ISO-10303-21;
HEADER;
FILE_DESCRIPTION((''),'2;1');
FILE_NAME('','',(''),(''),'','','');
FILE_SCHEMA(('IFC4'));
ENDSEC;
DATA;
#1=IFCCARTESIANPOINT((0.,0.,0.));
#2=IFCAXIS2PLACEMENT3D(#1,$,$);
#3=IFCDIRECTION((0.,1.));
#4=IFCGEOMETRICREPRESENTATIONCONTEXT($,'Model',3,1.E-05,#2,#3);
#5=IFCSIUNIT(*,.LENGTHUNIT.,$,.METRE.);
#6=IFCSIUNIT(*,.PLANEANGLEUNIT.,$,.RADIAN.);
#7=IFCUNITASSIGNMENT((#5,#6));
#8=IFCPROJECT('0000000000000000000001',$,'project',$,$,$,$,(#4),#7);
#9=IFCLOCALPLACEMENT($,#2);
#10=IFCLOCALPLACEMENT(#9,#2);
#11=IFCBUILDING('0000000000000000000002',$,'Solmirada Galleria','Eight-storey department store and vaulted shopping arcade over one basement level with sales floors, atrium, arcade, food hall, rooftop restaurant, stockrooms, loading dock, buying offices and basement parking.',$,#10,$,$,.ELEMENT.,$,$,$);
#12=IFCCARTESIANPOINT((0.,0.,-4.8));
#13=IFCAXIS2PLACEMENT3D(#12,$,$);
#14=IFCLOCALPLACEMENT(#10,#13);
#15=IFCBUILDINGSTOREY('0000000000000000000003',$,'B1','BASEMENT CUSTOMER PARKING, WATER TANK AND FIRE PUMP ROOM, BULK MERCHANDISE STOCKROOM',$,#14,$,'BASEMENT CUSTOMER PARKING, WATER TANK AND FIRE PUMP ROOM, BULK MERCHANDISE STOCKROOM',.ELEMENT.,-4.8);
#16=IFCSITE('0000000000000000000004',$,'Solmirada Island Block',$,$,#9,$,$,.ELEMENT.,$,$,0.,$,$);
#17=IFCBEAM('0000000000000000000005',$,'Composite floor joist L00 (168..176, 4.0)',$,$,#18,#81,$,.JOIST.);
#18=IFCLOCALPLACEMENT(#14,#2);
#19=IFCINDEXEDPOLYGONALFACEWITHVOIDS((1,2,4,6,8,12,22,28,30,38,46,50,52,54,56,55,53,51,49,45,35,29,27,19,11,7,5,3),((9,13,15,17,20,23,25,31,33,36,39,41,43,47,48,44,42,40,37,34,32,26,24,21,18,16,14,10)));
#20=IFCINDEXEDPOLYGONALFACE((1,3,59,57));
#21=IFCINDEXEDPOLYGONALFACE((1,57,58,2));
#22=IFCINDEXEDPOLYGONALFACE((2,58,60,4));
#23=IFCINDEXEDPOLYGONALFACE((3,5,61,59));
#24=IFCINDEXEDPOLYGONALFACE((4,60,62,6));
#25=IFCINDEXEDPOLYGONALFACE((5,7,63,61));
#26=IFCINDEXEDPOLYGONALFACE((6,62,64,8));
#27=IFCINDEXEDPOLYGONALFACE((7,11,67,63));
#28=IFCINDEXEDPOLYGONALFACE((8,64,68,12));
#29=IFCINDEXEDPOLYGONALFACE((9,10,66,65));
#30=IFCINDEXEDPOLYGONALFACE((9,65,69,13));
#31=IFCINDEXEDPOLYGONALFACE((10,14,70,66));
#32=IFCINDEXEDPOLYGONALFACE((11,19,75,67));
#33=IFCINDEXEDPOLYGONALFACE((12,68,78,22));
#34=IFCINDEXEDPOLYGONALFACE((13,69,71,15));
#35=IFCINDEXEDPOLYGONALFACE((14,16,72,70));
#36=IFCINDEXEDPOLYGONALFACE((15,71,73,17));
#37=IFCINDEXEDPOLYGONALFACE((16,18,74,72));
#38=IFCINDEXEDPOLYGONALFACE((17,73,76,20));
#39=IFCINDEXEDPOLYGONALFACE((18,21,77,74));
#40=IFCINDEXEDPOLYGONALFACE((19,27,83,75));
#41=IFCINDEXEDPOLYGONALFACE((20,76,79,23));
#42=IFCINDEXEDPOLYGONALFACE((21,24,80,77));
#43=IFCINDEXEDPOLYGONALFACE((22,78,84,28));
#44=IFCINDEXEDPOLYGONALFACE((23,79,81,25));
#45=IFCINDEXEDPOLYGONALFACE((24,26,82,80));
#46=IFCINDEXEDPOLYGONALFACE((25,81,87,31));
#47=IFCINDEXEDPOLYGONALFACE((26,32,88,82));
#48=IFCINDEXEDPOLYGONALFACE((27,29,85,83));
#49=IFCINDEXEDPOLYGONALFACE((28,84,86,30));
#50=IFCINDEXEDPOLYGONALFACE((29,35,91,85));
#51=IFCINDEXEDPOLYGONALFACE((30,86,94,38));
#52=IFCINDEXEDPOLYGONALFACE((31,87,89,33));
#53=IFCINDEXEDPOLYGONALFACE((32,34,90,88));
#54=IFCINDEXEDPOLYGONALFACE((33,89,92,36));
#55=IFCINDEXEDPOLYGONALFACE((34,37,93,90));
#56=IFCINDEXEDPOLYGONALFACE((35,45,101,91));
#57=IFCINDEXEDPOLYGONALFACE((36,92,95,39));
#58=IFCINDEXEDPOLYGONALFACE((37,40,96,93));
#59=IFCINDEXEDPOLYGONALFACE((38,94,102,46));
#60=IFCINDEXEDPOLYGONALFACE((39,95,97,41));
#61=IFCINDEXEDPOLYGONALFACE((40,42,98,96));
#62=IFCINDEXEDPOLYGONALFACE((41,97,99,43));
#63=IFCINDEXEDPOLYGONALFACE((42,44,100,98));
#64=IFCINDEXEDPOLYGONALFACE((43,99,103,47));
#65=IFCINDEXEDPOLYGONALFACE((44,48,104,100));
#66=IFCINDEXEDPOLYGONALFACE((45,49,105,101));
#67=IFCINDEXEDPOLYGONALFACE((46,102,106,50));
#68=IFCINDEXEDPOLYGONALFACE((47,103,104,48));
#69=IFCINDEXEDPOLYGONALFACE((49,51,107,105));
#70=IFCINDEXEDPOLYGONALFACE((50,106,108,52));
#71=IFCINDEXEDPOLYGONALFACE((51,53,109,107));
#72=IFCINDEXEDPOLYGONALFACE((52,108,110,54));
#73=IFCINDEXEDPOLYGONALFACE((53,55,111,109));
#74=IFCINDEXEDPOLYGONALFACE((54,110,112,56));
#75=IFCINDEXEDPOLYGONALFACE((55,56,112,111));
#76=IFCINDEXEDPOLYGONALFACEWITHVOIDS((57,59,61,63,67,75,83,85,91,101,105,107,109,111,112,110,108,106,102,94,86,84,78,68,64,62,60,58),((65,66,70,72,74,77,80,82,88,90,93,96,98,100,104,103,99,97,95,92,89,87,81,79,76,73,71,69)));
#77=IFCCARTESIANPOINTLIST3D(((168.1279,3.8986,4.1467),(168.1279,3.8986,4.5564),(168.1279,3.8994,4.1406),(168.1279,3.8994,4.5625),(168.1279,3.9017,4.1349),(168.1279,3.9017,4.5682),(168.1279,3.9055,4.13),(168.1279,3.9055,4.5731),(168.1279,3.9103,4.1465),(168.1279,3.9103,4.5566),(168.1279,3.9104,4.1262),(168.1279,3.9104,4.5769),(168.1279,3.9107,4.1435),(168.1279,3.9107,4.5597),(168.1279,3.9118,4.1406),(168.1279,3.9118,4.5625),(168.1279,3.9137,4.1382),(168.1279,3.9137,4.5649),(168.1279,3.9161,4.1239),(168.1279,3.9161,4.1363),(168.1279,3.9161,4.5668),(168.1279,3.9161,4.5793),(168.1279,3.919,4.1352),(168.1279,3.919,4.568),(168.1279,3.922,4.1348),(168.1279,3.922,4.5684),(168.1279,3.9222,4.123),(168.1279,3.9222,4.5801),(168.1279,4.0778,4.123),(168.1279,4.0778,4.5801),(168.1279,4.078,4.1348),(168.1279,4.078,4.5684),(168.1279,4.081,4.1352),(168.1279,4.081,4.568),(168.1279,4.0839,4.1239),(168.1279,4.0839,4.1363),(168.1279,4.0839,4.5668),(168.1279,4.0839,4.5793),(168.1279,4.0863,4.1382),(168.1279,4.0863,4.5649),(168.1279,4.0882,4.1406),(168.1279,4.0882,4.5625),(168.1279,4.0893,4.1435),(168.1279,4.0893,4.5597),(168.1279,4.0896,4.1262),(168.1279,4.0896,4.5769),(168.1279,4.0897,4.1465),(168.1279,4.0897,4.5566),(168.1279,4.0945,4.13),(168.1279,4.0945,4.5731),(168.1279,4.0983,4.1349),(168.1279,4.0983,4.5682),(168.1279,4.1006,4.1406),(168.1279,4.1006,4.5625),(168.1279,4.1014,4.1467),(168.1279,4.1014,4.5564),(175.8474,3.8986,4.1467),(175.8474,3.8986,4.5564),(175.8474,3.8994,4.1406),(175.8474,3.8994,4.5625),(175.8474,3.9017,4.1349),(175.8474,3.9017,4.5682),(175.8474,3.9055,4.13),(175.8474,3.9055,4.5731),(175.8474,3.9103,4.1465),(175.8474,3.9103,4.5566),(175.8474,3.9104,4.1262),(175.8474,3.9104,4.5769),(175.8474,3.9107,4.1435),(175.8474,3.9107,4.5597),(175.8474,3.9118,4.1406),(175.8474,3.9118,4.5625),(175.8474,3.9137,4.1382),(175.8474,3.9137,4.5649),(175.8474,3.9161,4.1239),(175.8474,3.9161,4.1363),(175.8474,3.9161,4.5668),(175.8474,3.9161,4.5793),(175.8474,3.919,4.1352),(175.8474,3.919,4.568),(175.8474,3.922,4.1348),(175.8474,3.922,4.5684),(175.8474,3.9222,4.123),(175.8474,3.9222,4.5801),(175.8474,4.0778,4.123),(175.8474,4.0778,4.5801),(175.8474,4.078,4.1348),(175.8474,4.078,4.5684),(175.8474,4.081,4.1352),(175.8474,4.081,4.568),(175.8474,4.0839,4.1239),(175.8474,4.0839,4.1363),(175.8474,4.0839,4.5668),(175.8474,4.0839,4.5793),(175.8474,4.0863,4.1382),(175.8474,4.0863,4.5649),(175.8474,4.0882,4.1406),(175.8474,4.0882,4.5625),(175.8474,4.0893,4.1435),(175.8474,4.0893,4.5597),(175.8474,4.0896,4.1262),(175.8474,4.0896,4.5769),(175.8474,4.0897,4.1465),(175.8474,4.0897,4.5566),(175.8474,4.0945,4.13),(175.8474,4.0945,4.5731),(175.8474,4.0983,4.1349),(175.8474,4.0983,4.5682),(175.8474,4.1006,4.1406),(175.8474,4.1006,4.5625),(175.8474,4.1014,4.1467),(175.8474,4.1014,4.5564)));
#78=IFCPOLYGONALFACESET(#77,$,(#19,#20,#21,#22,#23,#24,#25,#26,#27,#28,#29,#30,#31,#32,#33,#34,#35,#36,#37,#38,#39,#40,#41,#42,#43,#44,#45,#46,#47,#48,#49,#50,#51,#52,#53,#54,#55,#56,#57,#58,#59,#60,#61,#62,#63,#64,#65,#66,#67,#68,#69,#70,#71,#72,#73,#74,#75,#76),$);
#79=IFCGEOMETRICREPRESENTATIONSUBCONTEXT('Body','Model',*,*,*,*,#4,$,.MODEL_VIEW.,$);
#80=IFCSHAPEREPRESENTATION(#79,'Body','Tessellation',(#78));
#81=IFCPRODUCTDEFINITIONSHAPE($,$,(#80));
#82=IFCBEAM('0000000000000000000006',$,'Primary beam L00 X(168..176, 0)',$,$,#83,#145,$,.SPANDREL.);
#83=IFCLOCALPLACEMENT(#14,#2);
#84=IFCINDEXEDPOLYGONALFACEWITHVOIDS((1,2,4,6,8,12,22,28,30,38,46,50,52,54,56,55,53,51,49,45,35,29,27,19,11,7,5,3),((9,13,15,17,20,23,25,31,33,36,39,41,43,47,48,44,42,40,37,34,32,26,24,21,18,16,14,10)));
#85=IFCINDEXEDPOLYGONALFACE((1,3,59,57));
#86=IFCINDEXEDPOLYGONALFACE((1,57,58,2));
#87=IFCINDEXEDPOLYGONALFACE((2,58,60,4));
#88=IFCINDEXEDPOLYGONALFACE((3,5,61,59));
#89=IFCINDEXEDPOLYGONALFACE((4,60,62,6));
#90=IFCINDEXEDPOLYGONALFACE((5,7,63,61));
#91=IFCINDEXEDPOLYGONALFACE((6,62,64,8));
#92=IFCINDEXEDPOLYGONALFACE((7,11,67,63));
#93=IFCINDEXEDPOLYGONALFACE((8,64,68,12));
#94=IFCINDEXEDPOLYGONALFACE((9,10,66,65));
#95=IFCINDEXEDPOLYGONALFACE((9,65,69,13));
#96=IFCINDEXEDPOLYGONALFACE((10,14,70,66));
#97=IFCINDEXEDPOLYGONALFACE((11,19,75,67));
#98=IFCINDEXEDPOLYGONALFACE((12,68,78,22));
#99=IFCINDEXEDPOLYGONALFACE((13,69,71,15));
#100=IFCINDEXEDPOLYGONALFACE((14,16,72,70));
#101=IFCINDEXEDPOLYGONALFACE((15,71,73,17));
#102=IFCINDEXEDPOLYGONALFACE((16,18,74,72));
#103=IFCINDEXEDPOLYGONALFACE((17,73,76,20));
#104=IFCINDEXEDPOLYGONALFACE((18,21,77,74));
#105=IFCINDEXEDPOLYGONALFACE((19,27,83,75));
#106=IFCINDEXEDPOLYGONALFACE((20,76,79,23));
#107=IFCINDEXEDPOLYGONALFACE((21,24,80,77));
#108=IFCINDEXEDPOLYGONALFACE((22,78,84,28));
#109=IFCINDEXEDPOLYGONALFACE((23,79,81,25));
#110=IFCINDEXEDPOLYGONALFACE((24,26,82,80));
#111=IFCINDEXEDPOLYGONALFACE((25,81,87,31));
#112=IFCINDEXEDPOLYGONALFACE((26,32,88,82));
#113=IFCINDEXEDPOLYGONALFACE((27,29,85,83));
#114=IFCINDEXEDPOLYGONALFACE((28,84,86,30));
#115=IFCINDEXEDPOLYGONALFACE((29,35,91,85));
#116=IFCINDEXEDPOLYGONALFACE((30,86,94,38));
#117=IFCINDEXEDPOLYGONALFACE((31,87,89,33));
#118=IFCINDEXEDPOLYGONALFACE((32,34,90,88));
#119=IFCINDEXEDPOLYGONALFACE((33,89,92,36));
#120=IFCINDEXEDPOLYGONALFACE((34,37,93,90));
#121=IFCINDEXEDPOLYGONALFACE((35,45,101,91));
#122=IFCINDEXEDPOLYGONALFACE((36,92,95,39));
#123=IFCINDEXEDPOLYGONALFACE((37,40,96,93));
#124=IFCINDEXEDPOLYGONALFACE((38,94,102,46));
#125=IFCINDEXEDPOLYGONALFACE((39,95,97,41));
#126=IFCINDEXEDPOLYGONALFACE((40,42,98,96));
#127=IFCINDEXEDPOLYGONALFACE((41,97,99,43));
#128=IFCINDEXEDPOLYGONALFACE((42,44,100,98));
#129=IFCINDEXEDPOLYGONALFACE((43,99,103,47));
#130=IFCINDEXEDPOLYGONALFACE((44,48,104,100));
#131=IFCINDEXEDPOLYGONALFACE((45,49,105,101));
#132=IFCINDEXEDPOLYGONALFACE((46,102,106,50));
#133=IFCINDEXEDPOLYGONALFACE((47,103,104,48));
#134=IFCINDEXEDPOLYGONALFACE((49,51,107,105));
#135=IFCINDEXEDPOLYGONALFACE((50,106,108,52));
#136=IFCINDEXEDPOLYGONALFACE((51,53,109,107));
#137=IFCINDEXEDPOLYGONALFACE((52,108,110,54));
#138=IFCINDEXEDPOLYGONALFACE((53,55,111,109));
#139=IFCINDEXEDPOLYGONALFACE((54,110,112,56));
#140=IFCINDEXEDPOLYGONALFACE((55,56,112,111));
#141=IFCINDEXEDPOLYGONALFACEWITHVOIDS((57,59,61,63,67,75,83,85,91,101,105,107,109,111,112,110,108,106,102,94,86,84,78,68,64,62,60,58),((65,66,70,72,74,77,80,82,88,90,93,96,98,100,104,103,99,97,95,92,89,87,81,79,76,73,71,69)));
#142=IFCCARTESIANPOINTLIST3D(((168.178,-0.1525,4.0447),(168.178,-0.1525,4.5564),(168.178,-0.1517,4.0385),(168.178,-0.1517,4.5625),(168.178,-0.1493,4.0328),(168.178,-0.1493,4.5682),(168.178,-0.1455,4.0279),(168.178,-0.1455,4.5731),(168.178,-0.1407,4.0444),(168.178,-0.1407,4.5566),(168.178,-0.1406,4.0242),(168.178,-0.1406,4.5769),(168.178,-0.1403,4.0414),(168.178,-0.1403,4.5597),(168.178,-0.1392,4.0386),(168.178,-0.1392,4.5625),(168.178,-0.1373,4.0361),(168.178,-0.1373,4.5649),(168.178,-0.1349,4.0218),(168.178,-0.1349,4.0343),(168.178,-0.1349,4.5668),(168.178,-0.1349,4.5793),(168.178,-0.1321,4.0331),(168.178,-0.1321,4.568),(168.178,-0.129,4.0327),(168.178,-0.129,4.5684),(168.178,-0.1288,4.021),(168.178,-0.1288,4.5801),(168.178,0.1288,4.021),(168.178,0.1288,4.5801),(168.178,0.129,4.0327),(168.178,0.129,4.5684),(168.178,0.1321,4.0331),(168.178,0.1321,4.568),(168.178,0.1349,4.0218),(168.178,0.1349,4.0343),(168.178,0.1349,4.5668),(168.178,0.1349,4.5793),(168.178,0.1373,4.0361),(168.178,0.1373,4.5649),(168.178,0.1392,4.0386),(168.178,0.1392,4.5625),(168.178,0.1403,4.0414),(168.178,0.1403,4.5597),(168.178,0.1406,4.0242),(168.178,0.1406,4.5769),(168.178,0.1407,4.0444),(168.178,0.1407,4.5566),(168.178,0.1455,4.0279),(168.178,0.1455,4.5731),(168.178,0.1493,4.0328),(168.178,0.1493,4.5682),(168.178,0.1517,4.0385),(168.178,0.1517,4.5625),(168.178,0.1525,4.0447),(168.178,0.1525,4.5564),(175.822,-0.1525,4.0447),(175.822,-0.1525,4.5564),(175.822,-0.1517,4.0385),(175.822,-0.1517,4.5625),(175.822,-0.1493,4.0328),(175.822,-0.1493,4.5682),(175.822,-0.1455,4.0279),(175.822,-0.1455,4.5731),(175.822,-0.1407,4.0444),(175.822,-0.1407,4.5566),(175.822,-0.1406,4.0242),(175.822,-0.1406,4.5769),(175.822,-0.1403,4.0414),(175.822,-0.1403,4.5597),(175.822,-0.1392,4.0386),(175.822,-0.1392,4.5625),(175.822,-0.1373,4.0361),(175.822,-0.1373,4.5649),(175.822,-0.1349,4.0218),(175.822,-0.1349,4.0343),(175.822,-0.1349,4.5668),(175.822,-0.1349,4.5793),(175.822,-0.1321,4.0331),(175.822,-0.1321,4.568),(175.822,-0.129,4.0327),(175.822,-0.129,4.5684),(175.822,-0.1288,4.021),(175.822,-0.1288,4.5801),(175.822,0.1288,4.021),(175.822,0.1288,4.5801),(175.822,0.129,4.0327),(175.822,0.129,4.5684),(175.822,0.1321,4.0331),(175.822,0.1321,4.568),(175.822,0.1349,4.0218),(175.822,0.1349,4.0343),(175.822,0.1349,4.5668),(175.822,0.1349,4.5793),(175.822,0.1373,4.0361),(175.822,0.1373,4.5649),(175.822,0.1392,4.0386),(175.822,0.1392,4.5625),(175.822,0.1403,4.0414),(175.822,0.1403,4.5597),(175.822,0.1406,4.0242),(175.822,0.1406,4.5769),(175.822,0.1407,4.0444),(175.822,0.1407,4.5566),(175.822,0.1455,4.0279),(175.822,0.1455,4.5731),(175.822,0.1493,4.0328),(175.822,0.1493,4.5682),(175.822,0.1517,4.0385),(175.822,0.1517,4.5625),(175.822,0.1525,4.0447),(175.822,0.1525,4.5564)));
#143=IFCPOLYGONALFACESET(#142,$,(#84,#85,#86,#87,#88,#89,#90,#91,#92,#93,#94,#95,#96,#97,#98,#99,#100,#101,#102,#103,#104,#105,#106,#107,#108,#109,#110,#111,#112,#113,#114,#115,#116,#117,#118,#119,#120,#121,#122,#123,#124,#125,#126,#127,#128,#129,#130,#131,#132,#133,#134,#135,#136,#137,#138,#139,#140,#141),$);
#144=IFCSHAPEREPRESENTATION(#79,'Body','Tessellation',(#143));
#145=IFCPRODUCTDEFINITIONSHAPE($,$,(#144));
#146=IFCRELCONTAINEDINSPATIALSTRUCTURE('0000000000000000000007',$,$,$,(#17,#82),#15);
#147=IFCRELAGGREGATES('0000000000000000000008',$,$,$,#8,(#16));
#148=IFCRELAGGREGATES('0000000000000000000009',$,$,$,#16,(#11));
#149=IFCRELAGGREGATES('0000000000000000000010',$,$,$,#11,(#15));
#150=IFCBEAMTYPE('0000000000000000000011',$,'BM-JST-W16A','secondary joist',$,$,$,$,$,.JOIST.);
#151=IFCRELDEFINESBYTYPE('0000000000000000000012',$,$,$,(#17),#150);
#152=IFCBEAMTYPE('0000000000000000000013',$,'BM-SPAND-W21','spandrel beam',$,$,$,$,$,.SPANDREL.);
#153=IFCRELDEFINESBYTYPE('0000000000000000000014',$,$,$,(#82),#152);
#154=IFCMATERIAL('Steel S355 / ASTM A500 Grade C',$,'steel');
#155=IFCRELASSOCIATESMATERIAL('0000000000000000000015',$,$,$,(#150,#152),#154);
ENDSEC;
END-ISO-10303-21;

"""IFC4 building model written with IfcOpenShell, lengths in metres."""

from ifc_helpers import new_model, si_unit, direction, frame, origin, origin_2d, place, context, subcontext, project, spatial, hollow_rectangle, extrude, material, material_profile, profile_set, type_object, element, save


model = new_model("IFC4")

# Units and contexts
model_context = context("Model", 3, precision=1e-05, world=origin(), true_north=direction((0.0, 1.0)))
body_context = subcontext(model_context, "Body", "Model", "MODEL_VIEW")
ifc_project = project(units=[si_unit("LENGTHUNIT", "METRE"), si_unit("PLANEANGLEUNIT", "RADIAN")], contexts=[model_context])

# Site, building, storey
site_placement = place(None, origin())
site = spatial("IfcSite", under=ifc_project, at=site_placement, Name="Solmirada Island Block", CompositionType="ELEMENT", RefElevation=0.0)
building_placement = place(site_placement, origin())
building = spatial("IfcBuilding", under=site, at=building_placement, Name="Solmirada Galleria", Description="Eight-storey department store and vaulted shopping arcade over one basement level with sales floors, atrium, arcade, food hall, rooftop restaurant, stockrooms, loading dock, buying offices and basement parking.", CompositionType="ELEMENT")
storey_placement = place(building_placement, frame((0.0, 0.0, -4.8)))
storey = spatial("IfcBuildingStorey", under=building, at=storey_placement, Name="B1", Description="BASEMENT CUSTOMER PARKING, WATER TANK AND FIRE PUMP ROOM, BULK MERCHANDISE STOCKROOM", LongName="BASEMENT CUSTOMER PARKING, WATER TANK AND FIRE PUMP ROOM, BULK MERCHANDISE STOCKROOM", CompositionType="ELEMENT", Elevation=-4.8)

# Shared definitions
ifc_material_1 = material(Name="Steel S355 / ASTM A500 Grade C", Category="steel")

# Beams
ifc_material_profile_1 = material_profile(ifc_material_1, hollow_rectangle(XDim=0.2029, YDim=0.457, WallThickness=0.0117, InnerFilletRadius=0.0117, OuterFilletRadius=0.0237, at=origin_2d()), Name="HSS18X8X1/2")
ifc_profile_set_1 = profile_set([ifc_material_profile_1], Name="Steel S355 / ASTM A500 Grade C")
beam_type_1 = type_object("IfcBeamType", Name="BM-JST-W16A", Description="secondary joist", PredefinedType="JOIST", material=ifc_profile_set_1)
beam_1_placement = place(storey_placement, frame((168.1279, 4.0, 4.3516), z_axis=(1.0, 0.0, 0.0), x_axis=(0.0, 1.0, 0.0)))
element("IfcBeam", 1, at=beam_1_placement, inside=storey, type_object=beam_type_1, Name="Composite floor joist L00 (168..176, 4.0)", PredefinedType="JOIST", context=body_context, shape_type="SweptSolid", body=[
    extrude(hollow_rectangle(XDim=0.2029, YDim=0.457, WallThickness=0.0117, InnerFilletRadius=0.0117, OuterFilletRadius=0.0237, at=origin_2d()), origin(), (0.0, 0.0, 1.0), 7.7195),
])
ifc_material_profile_2 = material_profile(ifc_material_1, hollow_rectangle(XDim=0.3049, YDim=0.5591, WallThickness=0.0117, InnerFilletRadius=0.0117, OuterFilletRadius=0.0237, at=origin_2d()), Name="HSS22X12X1/2")
ifc_profile_set_2 = profile_set([ifc_material_profile_2], Name="Steel S355 / ASTM A500 Grade C")
beam_type_2 = type_object("IfcBeamType", Name="BM-SPAND-W21", Description="spandrel beam", PredefinedType="SPANDREL", material=ifc_profile_set_2)
for number, where, z_axis, x_axis, name in (
    (2, (168.178, 0.0, 4.3005), (1.0, 0.0, 0.0), (0.0, 1.0, 0.0), "Primary beam L00 X(168..176, 0)"),
):
    element("IfcBeam", number, at=place(storey_placement, frame(where, z_axis=z_axis, x_axis=x_axis)), inside=storey, type_object=beam_type_2, Name=name, PredefinedType="SPANDREL", context=body_context, shape_type="SweptSolid", body=[
        extrude(hollow_rectangle(XDim=0.3049, YDim=0.5591, WallThickness=0.0117, InnerFilletRadius=0.0117, OuterFilletRadius=0.0237, at=origin_2d()), origin(), (0.0, 0.0, 1.0), 7.644),
    ])

save(model, "model.ifc")
